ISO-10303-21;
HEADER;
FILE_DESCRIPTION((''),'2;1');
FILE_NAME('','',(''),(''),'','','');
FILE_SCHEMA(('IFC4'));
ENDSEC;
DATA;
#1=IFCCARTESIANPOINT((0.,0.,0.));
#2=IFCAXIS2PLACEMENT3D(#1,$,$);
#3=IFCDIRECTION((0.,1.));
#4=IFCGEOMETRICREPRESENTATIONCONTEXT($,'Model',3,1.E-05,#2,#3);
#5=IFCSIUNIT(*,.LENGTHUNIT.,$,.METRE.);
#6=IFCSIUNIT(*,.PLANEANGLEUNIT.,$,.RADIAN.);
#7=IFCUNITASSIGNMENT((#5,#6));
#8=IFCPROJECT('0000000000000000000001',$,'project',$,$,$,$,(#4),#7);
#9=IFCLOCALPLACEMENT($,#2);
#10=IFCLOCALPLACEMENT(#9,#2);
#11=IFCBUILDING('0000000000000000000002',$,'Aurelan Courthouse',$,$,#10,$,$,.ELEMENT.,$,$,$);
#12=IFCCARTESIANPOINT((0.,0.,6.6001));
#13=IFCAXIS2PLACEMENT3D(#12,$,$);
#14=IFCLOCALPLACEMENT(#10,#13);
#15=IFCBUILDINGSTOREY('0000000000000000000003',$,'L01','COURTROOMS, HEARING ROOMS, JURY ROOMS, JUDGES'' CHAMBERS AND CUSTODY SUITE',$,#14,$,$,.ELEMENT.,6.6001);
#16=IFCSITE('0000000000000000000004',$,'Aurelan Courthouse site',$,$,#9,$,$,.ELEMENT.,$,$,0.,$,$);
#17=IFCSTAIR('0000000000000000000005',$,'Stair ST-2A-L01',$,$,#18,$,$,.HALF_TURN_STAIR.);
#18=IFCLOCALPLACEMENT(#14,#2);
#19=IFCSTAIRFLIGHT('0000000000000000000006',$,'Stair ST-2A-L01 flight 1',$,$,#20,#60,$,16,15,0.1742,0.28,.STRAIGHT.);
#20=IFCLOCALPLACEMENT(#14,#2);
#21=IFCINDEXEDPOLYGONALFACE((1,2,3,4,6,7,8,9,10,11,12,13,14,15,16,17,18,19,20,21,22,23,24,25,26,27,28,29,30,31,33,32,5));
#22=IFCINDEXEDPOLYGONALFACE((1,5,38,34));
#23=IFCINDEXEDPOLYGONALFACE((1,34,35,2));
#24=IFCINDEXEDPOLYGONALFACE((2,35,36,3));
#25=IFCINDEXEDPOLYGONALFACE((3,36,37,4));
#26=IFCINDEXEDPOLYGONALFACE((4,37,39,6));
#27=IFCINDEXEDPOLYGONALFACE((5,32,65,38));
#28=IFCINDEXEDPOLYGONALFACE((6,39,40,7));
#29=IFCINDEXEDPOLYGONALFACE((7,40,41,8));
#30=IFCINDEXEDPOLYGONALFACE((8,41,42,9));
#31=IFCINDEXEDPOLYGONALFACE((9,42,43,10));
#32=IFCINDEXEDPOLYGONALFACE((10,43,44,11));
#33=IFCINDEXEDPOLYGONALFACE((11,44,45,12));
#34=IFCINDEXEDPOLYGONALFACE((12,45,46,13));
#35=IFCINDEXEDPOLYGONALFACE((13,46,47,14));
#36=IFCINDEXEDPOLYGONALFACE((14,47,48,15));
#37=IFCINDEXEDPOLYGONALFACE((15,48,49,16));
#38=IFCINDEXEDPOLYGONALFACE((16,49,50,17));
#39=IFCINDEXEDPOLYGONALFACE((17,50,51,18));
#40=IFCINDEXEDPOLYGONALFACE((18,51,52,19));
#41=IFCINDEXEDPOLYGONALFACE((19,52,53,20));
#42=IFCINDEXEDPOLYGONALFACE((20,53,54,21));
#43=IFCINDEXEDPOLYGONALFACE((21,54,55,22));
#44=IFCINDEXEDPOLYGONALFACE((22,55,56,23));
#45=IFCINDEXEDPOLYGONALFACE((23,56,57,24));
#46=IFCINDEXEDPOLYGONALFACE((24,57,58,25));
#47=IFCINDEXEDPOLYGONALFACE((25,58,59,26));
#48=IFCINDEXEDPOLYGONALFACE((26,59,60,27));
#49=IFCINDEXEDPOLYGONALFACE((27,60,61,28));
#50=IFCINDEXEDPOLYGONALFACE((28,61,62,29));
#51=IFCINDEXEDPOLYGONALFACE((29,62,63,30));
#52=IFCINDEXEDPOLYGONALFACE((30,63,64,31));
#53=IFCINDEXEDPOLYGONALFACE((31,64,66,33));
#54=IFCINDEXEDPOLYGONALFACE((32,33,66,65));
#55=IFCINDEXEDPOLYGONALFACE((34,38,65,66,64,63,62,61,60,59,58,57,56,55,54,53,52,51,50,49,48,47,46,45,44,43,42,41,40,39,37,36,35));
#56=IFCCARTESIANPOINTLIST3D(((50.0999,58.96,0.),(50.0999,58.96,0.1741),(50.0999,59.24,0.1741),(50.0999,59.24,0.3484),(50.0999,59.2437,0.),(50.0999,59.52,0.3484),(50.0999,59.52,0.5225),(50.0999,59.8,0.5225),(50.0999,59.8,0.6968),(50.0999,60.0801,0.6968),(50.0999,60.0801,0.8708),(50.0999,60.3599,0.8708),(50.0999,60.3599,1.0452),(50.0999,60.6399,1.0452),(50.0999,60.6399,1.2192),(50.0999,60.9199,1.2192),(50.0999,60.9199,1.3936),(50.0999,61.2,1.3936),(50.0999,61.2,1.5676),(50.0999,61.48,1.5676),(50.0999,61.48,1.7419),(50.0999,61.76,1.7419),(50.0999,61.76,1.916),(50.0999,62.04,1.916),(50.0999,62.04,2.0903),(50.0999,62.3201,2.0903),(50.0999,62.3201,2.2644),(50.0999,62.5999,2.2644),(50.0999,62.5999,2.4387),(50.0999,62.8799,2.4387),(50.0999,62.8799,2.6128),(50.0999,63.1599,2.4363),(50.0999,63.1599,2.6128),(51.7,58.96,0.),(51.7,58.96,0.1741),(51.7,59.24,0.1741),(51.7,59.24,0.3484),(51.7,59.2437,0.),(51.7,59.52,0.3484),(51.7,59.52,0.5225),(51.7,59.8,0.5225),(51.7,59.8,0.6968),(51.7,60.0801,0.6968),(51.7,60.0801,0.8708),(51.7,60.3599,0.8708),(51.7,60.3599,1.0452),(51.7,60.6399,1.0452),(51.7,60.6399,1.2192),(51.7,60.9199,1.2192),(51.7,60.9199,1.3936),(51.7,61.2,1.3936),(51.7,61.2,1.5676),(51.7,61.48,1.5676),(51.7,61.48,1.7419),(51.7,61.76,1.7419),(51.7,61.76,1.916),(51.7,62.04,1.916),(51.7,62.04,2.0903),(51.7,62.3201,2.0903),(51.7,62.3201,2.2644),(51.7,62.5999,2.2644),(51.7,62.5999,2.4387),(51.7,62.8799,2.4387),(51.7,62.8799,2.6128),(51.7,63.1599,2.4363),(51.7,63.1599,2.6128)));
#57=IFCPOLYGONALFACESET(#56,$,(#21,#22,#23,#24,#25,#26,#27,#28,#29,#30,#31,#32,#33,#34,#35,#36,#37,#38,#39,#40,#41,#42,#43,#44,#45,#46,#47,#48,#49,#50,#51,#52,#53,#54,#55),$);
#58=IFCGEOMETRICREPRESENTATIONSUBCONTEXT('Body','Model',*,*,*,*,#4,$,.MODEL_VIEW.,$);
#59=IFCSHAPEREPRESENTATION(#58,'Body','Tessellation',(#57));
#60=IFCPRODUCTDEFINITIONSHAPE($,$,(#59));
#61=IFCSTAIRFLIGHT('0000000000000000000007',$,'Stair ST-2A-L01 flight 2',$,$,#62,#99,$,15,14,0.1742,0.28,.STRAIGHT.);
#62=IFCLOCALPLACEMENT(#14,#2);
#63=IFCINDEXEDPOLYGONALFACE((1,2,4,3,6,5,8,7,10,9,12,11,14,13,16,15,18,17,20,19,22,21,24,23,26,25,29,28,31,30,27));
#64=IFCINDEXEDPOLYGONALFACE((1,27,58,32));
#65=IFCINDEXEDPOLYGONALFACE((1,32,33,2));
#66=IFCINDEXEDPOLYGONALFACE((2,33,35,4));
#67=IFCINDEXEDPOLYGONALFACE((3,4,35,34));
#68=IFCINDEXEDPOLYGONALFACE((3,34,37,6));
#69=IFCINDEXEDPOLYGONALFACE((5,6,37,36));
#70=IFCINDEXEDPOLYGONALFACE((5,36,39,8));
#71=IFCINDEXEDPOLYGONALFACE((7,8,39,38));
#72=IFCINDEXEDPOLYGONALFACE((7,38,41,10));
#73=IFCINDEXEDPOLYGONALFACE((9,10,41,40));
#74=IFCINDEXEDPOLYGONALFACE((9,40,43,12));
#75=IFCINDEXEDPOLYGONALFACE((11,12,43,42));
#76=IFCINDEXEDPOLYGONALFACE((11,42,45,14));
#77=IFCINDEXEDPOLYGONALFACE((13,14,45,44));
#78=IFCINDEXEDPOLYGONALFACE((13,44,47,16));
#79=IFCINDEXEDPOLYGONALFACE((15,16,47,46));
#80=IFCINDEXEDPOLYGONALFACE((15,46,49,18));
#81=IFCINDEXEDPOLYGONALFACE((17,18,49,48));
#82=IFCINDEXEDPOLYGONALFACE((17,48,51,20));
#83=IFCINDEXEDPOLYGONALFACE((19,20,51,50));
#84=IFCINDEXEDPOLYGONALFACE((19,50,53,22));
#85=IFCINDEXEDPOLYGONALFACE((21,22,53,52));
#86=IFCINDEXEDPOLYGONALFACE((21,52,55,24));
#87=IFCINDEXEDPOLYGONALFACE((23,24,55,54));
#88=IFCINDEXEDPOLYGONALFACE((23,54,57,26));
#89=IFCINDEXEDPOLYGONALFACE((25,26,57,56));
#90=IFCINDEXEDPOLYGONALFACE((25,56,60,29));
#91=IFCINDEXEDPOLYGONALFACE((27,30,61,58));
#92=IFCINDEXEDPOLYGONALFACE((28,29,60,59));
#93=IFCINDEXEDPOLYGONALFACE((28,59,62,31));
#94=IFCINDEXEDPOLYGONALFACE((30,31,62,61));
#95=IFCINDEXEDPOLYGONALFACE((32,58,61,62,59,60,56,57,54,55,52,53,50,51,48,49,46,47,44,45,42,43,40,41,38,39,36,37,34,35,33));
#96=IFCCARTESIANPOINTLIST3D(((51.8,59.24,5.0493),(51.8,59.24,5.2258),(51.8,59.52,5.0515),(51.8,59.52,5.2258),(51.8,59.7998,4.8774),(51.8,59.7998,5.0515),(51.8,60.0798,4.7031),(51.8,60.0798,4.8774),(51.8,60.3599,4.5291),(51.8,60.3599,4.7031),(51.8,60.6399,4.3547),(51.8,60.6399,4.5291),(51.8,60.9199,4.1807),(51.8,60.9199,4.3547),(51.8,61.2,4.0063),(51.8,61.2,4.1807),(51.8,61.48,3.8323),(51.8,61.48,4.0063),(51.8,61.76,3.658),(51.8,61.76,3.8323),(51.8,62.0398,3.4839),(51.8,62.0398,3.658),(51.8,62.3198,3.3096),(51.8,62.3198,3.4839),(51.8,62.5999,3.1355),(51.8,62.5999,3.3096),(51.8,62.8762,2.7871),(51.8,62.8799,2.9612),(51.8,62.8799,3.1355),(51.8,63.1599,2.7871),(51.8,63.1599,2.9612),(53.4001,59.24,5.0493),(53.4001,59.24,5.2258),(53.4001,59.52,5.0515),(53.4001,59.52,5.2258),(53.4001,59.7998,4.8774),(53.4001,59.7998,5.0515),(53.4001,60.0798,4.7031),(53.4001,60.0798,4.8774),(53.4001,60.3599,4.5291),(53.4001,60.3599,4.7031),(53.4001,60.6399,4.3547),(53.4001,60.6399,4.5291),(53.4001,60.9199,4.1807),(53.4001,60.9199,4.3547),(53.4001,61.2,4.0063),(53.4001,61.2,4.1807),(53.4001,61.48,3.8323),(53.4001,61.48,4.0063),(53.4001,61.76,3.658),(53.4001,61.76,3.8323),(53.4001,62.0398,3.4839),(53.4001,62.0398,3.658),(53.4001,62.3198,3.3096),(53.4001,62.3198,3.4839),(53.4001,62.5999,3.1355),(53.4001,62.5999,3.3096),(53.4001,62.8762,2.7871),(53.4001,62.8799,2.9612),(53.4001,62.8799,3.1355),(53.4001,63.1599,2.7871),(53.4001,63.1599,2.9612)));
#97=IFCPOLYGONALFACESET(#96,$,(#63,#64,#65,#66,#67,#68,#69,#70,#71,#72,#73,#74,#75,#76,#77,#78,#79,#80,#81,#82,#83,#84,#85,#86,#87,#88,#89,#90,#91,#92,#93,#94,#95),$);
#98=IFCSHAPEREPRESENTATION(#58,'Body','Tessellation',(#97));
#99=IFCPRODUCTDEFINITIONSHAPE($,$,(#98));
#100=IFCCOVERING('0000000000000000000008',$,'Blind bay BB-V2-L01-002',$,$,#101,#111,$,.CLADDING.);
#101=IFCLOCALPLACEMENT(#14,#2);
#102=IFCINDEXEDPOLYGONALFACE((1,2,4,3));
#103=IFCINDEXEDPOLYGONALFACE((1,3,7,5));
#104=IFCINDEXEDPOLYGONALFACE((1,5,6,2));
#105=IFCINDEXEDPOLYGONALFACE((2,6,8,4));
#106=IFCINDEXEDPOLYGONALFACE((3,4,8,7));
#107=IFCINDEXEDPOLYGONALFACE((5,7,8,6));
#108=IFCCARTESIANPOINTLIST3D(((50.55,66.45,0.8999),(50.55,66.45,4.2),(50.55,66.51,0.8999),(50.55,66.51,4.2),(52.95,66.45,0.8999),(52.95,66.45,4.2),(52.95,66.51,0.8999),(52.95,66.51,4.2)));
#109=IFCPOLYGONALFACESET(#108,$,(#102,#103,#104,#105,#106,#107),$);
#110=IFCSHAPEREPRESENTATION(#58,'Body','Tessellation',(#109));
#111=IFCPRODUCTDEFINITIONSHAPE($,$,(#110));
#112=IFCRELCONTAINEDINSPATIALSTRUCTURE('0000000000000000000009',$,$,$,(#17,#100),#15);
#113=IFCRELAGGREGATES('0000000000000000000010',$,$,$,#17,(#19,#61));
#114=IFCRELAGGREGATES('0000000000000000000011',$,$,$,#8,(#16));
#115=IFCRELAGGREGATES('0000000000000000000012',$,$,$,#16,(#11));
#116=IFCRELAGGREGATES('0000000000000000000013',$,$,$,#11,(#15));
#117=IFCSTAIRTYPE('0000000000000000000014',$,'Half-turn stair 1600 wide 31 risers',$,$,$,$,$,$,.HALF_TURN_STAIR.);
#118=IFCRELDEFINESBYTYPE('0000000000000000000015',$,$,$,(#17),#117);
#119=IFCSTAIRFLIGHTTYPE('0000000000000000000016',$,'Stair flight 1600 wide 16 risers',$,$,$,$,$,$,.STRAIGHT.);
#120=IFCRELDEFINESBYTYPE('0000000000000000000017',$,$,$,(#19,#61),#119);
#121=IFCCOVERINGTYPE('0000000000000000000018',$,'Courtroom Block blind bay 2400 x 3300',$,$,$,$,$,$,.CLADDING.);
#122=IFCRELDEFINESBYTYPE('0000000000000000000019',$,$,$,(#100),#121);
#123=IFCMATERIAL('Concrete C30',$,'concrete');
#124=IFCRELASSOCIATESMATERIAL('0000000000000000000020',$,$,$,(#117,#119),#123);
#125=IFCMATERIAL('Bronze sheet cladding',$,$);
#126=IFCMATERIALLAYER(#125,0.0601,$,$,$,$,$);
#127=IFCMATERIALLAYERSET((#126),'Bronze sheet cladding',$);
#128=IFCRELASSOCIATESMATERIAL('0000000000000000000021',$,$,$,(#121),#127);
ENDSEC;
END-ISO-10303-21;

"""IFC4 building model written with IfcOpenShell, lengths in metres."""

from ifc_helpers import new_model, si_unit, direction, frame, origin, origin_2d, place, context, subcontext, project, spatial, polyline, rectangle, outline, extrude, material, layer, layer_set, type_object, element, aggregate, save


model = new_model("IFC4")

# Units and contexts
model_context = context("Model", 3, precision=1e-05, world=origin(), true_north=direction((0.0, 1.0)))
body_context = subcontext(model_context, "Body", "Model", "MODEL_VIEW")
ifc_project = project(units=[si_unit("LENGTHUNIT", "METRE"), si_unit("PLANEANGLEUNIT", "RADIAN")], contexts=[model_context])

# Site, building, storey
site_placement = place(None, origin())
site = spatial("IfcSite", under=ifc_project, at=site_placement, Name="Aurelan Courthouse site", CompositionType="ELEMENT", RefElevation=0.0)
building_placement = place(site_placement, origin())
building = spatial("IfcBuilding", under=site, at=building_placement, Name="Aurelan Courthouse", CompositionType="ELEMENT")
storey_placement = place(building_placement, frame((0.0, 0.0, 6.6001)))
storey = spatial("IfcBuildingStorey", under=building, at=storey_placement, Name="L01", Description="COURTROOMS, HEARING ROOMS, JURY ROOMS, JUDGES' CHAMBERS AND CUSTODY SUITE", CompositionType="ELEMENT", Elevation=6.6001)

# Shared definitions
ifc_material_1 = material(Name="Concrete C30", Category="concrete")

# Stair, stair flights
stair_type = type_object("IfcStairType", Name="Half-turn stair 1600 wide 31 risers", PredefinedType="HALF_TURN_STAIR", material=ifc_material_1)
stair_placement = place(storey_placement, origin())
stair = element("IfcStair", 1, at=stair_placement, inside=storey, type_object=stair_type, Name="Stair ST-2A-L01", PredefinedType="HALF_TURN_STAIR")
stair_flight_type = type_object("IfcStairFlightType", Name="Stair flight 1600 wide 16 risers", PredefinedType="STRAIGHT", material=ifc_material_1)
stair_flight_1_placement = place(storey_placement, frame((50.8999, 58.96, 0.0), z_axis=(0.0, 0.0, 1.0), x_axis=(0.0, 1.0, 0.0)))
stair_flight_1 = element("IfcStairFlight", 2, at=stair_flight_1_placement, type_object=stair_flight_type, Name="Stair ST-2A-L01 flight 1", NumberOfRisers=16, NumberOfTreads=15, PredefinedType="STRAIGHT", RiserHeight=0.1742, TreadLength=0.28, context=body_context, shape_type="SweptSolid", body=[
    extrude(outline(polyline([(0.0, 0.0), (0.0, 0.1741), (0.28, 0.1741), (0.28, 0.3484), (0.5601, 0.3484), (0.5601, 0.5225), (0.8401, 0.5225), (0.8401, 0.6968), (1.1201, 0.6968), (1.1201, 0.8708), (1.3999, 0.8708), (1.3999, 1.0452), (1.6799, 1.0452), (1.6799, 1.2192), (1.96, 1.2192), (1.96, 1.3936), (2.24, 1.3936), (2.24, 1.5676), (2.52, 1.5676), (2.52, 1.7419), (2.8, 1.7419), (2.8, 1.916), (3.0801, 1.916), (3.0801, 2.0903), (3.3601, 2.0903), (3.3601, 2.2644), (3.6399, 2.2644), (3.6399, 2.4387), (3.9199, 2.4387), (3.9199, 2.6128), (4.2, 2.6128), (4.2, 2.7871), (4.2, 2.4363), (0.2837, 0.0), (0.0, 0.0)])), frame((0.0, 0.8, 0.0), z_axis=(0.0, -1.0, 0.0), x_axis=(1.0, 0.0, 0.0)), (0.0, 0.0, 1.0), 1.6001),
])
stair_flight_2_placement = place(storey_placement, frame((52.6001, 63.1599, 2.7871), z_axis=(0.0, 0.0, 1.0), x_axis=(0.0, -1.0, 0.0)))
stair_flight_2 = element("IfcStairFlight", 3, at=stair_flight_2_placement, type_object=stair_flight_type, Name="Stair ST-2A-L01 flight 2", NumberOfRisers=15, NumberOfTreads=14, PredefinedType="STRAIGHT", RiserHeight=0.1742, TreadLength=0.28, context=body_context, shape_type="SweptSolid", body=[
    extrude(outline(polyline([(0.0, 0.0), (0.0, 0.1741), (0.28, 0.1741), (0.28, 0.3484), (0.5601, 0.3484), (0.5601, 0.5225), (0.8401, 0.5225), (0.8401, 0.6968), (1.1201, 0.6968), (1.1201, 0.8708), (1.3999, 0.8708), (1.3999, 1.0452), (1.6799, 1.0452), (1.6799, 1.2192), (1.96, 1.2192), (1.96, 1.3936), (2.24, 1.3936), (2.24, 1.5676), (2.52, 1.5676), (2.52, 1.7419), (2.8, 1.7419), (2.8, 1.916), (3.0801, 1.916), (3.0801, 2.0903), (3.3601, 2.0903), (3.3601, 2.2644), (3.6399, 2.2644), (3.6399, 2.4387), (3.9199, 2.4387), (3.9199, 2.6128), (3.9199, 2.2622), (0.2837, 0.0), (0.0, 0.0)])), frame((0.0, 0.8, 0.0), z_axis=(0.0, -1.0, 0.0), x_axis=(1.0, 0.0, 0.0)), (0.0, 0.0, 1.0), 1.6001),
])
aggregate(stair, [stair_flight_1, stair_flight_2])

# Covering
ifc_material_2 = material(Name="Bronze sheet cladding")
ifc_layer_1 = layer(ifc_material_2, 0.0601)
ifc_layer_set_1 = layer_set([ifc_layer_1], Name="Bronze sheet cladding")
covering_type = type_object("IfcCoveringType", Name="Courtroom Block blind bay 2400 x 3300", PredefinedType="CLADDING", material=ifc_layer_set_1)
covering_placement = place(storey_placement, frame((51.75, 66.48, 0.8999), z_axis=(0.0, 0.0, 1.0), x_axis=(1.0, 0.0, 0.0)))
element("IfcCovering", 4, at=covering_placement, inside=storey, type_object=covering_type, Name="Blind bay BB-V2-L01-002", PredefinedType="CLADDING", context=body_context, shape_type="SweptSolid", body=[
    extrude(rectangle(XDim=2.3999, YDim=0.0601, at=origin_2d()), origin(), (0.0, 0.0, 1.0), 3.3),
])

save(model, "model.ifc")
